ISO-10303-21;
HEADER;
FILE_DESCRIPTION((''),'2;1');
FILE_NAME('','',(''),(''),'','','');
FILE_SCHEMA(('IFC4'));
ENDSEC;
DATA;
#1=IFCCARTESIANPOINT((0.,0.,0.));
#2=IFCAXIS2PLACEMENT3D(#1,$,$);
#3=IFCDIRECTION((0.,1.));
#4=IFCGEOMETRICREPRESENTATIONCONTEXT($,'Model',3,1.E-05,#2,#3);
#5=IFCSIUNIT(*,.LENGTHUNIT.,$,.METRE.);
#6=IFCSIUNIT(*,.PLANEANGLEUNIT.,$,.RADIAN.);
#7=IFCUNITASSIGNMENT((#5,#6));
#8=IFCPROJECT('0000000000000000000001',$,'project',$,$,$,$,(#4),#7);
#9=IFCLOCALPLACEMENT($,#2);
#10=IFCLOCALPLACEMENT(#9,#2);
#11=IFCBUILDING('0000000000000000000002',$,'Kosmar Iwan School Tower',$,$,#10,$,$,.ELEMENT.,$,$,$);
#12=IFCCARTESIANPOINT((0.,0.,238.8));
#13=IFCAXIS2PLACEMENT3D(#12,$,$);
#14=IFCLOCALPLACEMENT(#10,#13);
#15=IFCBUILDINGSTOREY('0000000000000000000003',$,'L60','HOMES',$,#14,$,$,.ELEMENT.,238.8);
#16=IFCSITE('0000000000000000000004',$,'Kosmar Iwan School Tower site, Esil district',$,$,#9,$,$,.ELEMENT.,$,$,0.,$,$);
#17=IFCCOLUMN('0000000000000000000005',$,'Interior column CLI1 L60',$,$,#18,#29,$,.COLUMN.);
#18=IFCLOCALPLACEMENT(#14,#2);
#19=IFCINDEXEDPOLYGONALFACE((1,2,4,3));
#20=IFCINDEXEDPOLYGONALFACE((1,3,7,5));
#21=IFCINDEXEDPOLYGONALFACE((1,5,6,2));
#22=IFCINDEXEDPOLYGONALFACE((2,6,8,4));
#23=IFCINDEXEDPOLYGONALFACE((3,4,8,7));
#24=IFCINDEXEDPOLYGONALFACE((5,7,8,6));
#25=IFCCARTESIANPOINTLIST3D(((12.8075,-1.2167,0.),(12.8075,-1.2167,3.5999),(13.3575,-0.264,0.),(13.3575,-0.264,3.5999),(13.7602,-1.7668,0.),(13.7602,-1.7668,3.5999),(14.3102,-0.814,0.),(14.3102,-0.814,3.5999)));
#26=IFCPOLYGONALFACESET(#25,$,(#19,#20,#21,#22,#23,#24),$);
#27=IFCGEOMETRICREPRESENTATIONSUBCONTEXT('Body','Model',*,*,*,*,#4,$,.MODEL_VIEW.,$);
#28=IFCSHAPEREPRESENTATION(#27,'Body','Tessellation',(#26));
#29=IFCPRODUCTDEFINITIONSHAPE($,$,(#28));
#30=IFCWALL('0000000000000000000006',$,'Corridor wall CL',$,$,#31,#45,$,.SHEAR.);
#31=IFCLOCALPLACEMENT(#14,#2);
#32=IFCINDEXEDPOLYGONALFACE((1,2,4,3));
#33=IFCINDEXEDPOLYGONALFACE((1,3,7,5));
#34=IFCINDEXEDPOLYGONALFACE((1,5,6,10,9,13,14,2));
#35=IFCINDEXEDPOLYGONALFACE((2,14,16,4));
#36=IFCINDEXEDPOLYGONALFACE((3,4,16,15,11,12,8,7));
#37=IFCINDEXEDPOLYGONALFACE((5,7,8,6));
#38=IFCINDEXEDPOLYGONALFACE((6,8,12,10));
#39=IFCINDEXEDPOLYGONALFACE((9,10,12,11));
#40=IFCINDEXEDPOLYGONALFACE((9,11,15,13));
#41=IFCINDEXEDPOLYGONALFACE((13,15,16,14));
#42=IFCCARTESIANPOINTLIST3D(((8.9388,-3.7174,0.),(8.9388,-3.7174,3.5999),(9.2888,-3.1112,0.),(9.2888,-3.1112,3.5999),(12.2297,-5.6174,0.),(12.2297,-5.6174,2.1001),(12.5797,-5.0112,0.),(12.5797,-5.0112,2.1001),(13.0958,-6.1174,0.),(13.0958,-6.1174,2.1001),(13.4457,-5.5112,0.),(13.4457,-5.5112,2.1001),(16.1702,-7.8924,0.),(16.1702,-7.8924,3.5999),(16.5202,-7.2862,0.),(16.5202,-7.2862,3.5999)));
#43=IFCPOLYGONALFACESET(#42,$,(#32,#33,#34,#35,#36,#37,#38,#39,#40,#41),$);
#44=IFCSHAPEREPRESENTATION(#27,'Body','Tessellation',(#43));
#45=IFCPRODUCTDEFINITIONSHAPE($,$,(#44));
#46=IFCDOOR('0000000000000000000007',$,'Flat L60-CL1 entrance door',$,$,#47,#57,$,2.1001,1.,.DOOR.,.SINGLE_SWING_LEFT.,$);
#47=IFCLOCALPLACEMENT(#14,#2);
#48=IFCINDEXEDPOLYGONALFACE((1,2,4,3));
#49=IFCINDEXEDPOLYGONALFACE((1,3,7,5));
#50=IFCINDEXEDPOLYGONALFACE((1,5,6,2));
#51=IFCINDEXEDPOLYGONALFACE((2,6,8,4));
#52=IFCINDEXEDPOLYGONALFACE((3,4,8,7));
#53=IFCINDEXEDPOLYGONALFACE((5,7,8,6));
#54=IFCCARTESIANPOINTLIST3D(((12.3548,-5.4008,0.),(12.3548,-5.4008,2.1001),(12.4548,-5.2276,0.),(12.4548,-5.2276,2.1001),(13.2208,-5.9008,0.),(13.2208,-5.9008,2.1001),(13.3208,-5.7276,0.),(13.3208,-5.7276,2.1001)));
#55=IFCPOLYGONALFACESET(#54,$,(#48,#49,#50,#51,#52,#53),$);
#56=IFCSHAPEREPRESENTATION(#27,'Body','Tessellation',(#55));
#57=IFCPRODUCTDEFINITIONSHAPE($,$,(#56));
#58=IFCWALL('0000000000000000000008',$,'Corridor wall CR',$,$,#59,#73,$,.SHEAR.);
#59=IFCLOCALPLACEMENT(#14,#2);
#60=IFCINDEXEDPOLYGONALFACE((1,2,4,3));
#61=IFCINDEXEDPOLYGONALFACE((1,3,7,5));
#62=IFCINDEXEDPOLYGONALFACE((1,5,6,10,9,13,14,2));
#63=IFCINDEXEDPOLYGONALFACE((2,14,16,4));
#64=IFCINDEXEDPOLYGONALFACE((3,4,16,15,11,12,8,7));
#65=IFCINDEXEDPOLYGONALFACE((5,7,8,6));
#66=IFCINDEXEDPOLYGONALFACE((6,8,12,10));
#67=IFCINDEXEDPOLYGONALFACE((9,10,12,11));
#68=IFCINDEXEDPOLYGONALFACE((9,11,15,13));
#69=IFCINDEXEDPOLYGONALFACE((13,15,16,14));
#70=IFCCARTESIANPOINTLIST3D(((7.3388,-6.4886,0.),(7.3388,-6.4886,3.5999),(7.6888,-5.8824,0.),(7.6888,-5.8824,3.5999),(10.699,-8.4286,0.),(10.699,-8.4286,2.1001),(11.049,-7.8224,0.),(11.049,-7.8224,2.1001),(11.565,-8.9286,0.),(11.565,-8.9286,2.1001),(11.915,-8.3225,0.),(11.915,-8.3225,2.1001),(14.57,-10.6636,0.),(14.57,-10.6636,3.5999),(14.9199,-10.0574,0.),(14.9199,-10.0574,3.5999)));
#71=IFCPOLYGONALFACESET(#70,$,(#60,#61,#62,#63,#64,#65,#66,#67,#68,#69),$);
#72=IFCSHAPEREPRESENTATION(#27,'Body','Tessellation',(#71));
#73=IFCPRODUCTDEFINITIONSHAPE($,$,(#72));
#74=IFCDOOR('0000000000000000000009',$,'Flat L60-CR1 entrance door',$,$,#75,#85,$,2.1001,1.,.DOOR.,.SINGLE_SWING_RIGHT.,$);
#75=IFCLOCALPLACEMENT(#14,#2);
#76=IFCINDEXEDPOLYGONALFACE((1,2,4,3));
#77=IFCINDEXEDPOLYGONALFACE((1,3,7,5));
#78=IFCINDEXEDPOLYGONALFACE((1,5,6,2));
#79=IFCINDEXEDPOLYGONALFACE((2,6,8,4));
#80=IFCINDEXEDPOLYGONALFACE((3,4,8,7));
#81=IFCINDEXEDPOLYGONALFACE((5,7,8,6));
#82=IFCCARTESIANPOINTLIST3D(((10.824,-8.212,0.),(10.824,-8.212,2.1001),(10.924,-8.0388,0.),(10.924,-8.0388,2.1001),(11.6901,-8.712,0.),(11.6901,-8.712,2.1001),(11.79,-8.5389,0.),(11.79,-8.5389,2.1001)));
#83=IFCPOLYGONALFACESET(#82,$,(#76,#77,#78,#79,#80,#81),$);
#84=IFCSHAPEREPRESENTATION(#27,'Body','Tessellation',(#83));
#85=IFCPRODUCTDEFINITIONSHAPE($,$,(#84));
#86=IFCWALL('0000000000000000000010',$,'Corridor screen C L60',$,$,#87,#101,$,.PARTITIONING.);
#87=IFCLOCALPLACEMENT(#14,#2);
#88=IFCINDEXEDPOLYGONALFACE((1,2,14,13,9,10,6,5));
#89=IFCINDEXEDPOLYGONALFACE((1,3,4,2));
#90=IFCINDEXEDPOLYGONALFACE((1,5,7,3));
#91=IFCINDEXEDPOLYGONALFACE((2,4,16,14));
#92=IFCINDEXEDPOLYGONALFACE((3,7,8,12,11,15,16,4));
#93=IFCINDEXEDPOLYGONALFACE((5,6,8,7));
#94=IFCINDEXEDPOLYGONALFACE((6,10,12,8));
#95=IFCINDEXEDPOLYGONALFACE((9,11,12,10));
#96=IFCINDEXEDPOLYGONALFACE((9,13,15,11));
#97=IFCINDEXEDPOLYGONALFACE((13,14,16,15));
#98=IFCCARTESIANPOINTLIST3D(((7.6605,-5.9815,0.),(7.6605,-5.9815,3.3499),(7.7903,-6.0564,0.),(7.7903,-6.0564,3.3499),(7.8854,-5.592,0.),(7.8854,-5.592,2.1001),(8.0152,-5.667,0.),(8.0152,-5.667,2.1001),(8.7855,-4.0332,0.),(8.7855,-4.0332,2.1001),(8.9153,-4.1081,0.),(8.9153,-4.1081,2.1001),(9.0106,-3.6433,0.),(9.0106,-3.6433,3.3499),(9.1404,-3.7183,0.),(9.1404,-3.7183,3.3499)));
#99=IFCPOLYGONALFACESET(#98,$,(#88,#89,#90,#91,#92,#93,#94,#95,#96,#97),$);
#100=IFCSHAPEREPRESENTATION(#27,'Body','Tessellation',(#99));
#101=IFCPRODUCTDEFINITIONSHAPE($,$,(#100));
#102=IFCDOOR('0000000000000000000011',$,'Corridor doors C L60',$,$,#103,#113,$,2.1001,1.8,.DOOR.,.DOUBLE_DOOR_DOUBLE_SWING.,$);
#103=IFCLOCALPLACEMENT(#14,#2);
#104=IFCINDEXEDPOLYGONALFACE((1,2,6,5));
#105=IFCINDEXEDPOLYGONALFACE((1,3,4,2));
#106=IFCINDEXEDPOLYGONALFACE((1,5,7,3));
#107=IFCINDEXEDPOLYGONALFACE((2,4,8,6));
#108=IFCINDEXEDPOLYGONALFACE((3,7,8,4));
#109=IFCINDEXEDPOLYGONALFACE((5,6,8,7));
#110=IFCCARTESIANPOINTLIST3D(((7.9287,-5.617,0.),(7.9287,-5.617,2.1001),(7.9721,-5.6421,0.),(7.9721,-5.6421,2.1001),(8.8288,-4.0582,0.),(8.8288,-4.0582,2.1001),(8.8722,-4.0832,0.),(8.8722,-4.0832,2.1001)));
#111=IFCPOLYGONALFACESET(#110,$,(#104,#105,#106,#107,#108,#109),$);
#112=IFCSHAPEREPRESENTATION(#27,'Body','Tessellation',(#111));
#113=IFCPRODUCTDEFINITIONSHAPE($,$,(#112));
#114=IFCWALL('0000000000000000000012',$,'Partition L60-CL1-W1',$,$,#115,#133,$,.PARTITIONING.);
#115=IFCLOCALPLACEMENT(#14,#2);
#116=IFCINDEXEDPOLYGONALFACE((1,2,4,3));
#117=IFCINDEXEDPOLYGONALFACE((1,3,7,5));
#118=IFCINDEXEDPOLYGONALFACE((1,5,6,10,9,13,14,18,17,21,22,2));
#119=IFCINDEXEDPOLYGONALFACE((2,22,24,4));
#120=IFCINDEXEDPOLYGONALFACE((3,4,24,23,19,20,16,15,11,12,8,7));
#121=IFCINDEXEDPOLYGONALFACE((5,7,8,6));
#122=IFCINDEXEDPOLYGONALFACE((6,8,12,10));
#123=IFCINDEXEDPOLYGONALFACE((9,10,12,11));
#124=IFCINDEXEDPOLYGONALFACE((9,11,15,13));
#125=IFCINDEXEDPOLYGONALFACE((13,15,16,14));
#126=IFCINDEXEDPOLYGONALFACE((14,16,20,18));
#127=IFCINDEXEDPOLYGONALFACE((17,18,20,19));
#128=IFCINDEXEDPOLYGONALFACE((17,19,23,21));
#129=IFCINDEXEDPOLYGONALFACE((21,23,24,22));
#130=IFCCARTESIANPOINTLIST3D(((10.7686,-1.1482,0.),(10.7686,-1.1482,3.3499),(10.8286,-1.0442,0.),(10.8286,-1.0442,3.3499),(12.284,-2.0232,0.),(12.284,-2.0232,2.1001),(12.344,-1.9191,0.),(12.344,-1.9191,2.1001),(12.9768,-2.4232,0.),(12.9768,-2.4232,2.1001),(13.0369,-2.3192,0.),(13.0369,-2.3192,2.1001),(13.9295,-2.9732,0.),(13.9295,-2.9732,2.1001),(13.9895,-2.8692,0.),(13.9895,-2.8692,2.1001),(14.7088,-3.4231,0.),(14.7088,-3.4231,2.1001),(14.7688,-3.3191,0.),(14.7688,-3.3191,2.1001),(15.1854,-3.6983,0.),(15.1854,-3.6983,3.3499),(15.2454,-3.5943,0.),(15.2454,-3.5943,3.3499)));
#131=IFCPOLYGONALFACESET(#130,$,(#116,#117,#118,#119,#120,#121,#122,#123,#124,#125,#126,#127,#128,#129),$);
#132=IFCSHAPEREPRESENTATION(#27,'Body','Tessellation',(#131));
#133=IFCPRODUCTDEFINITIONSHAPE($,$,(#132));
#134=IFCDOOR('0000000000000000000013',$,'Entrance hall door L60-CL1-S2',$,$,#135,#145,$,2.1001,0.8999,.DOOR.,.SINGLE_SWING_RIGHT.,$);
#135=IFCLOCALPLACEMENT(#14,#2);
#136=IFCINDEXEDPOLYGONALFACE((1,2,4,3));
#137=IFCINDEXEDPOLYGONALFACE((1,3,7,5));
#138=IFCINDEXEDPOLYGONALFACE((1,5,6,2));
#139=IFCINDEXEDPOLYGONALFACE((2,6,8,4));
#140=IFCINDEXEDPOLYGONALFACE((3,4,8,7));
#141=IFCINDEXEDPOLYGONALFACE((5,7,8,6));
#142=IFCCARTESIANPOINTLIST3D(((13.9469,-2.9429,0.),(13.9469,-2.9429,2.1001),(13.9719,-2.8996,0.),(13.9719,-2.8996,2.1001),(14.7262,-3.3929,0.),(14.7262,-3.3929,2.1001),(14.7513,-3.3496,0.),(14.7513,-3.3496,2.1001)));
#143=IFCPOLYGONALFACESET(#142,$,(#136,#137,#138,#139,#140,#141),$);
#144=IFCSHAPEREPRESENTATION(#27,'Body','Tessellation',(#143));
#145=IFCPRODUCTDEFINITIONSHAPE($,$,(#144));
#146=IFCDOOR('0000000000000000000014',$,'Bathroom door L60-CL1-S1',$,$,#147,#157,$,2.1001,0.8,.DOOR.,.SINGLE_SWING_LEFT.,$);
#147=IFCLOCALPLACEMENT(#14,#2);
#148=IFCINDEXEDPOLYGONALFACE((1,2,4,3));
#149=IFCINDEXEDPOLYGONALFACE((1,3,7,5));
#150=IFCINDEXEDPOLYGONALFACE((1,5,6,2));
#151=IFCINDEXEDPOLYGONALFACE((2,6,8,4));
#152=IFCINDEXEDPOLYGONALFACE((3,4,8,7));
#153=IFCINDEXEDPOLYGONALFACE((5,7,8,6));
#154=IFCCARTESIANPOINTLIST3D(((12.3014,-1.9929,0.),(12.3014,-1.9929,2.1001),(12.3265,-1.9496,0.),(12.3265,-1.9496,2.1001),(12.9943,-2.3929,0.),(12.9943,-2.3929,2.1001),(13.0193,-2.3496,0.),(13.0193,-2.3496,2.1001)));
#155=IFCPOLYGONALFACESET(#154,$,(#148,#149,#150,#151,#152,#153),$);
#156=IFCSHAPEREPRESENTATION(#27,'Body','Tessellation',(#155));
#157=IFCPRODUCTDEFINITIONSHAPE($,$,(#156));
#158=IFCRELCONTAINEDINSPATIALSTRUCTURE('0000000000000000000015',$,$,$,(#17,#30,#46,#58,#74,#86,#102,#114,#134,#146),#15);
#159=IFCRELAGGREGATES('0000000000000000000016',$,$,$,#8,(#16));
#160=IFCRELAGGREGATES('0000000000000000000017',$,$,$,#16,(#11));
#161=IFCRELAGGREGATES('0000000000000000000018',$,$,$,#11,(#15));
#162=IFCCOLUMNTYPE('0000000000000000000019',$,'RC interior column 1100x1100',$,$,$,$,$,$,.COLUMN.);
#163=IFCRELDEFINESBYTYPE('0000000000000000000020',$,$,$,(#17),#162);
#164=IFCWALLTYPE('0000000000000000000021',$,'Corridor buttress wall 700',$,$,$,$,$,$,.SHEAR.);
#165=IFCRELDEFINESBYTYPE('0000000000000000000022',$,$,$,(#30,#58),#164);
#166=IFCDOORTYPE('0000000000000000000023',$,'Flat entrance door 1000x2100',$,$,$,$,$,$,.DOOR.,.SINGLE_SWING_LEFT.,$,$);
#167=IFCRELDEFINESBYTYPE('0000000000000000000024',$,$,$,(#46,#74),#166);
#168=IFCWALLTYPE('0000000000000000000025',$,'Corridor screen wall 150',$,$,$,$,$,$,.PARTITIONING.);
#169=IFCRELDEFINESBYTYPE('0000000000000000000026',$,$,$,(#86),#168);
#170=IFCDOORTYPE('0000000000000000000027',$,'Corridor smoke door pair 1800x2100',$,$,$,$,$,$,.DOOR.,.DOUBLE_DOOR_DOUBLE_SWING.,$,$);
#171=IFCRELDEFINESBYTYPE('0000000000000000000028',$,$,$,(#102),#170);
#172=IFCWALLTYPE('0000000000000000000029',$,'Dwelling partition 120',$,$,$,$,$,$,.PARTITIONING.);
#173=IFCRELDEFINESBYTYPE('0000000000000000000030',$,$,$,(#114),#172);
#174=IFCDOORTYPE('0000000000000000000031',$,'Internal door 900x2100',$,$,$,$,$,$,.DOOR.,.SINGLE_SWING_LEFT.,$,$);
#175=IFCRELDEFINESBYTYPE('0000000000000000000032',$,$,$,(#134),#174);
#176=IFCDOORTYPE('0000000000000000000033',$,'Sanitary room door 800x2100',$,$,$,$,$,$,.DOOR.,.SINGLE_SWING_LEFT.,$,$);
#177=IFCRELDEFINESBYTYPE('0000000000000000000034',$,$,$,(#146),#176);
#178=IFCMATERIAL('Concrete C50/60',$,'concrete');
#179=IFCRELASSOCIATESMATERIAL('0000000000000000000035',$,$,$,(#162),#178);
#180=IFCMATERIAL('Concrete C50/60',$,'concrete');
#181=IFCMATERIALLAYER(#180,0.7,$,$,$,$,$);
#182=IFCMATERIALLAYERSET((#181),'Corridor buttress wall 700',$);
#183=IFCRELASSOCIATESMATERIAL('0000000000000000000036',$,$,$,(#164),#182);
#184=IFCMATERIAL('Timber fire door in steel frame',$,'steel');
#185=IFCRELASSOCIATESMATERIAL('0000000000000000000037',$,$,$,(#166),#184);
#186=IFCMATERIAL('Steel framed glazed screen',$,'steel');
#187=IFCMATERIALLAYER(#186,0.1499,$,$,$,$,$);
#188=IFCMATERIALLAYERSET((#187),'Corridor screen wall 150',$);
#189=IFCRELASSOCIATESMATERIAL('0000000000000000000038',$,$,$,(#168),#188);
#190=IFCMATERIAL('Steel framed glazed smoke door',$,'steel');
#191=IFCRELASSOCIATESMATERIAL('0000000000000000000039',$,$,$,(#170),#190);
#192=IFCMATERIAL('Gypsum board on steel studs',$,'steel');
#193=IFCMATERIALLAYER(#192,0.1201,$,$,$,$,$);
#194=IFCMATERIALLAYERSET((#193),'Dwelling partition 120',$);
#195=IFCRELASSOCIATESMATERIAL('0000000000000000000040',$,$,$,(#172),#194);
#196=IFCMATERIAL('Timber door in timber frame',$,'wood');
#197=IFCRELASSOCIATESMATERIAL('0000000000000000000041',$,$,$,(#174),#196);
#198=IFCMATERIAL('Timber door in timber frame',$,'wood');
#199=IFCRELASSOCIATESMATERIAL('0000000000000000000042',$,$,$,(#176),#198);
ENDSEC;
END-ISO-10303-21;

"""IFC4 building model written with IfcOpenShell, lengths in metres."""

from ifc_helpers import new_model, si_unit, direction, frame, frame_2d, origin, origin_2d, place, context, subcontext, project, spatial, rectangle, extrude, material, layer, layer_set, material_profile, profile_set, type_object, element, fill, save


model = new_model("IFC4")

# Units and contexts
model_context = context("Model", 3, precision=1e-05, world=origin(), true_north=direction((0.0, 1.0)))
body_context = subcontext(model_context, "Body", "Model", "MODEL_VIEW")
ifc_project = project(units=[si_unit("LENGTHUNIT", "METRE"), si_unit("PLANEANGLEUNIT", "RADIAN")], contexts=[model_context])

# Site, building, storey
site_placement = place(None, origin())
site = spatial("IfcSite", under=ifc_project, at=site_placement, Name="Kosmar Iwan School Tower site, Esil district", CompositionType="ELEMENT", RefElevation=0.0)
building_placement = place(site_placement, origin())
building = spatial("IfcBuilding", under=site, at=building_placement, Name="Kosmar Iwan School Tower", CompositionType="ELEMENT")
storey_placement = place(building_placement, frame((0.0, 0.0, 238.8)))
storey = spatial("IfcBuildingStorey", under=building, at=storey_placement, Name="L60", Description="HOMES", CompositionType="ELEMENT", Elevation=238.8)

# Column
ifc_material_1 = material(Name="Concrete C50/60", Category="concrete")
ifc_material_profile = material_profile(ifc_material_1, rectangle(XDim=1.1001, YDim=1.1001, at=origin_2d()), Name="RC 1100x1100")
ifc_profile_set = profile_set([ifc_material_profile], Name="Concrete C50/60")
column_type = type_object("IfcColumnType", Name="RC interior column 1100x1100", PredefinedType="COLUMN", material=ifc_profile_set)
column_placement = place(storey_placement, frame((13.5588, -1.0154, 0.0), z_axis=(0.0, 0.0, 1.0), x_axis=(0.866025, -0.5, 0.0)))
element("IfcColumn", 1, at=column_placement, inside=storey, type_object=column_type, Name="Interior column CLI1 L60", PredefinedType="COLUMN", context=body_context, shape_type="SweptSolid", body=[
    extrude(rectangle(XDim=1.1001, YDim=1.1001, at=origin_2d()), origin(), (0.0, 0.0, 1.0), 3.5999),
])

# Walls, openings, doors
ifc_material_2 = material(Name="Concrete C50/60", Category="concrete")
ifc_layer_1 = layer(ifc_material_2, 0.7)
ifc_layer_set_1 = layer_set([ifc_layer_1], Name="Corridor buttress wall 700")
wall_type_1 = type_object("IfcWallType", Name="Corridor buttress wall 700", PredefinedType="SHEAR", material=ifc_layer_set_1)
wall_1_placement = place(storey_placement, frame((9.1138, -3.4143, 0.0), z_axis=(0.0, 0.0, 1.0), x_axis=(0.866027, -0.499997, 0.0)))
wall_1 = element("IfcWall", 2, at=wall_1_placement, inside=storey, type_object=wall_type_1, Name="Corridor wall CL", PredefinedType="SHEAR", context=body_context, shape_type="SweptSolid", body=[
    extrude(rectangle(XDim=8.3501, YDim=0.7, at=frame_2d((4.175, 0.0))), origin(), (0.0, 0.0, 1.0), 3.5999),
])
opening_1_placement = place(wall_1_placement, frame((3.8, 0.0, 0.0)))
opening_1 = element("IfcOpeningElement", 3, at=opening_1_placement, cuts=wall_1, PredefinedType="OPENING", context=body_context, shape_type="SweptSolid", body=[
    extrude(rectangle(XDim=1.0, YDim=2.1001, at=frame_2d((0.5, 1.05))), frame((0.0, 0.3621, 0.0), z_axis=(0.0, -1.0, 0.0), x_axis=(1.0, 0.0, 0.0)), (0.0, 0.0, 1.0), 0.7239),
])
ifc_material_3 = material(Name="Timber fire door in steel frame", Category="steel")
door_type_1 = type_object("IfcDoorType", Name="Flat entrance door 1000x2100", OperationType="SINGLE_SWING_LEFT", PredefinedType="DOOR", material=ifc_material_3)
door_1_placement = place(opening_1_placement, origin())
door_1 = element("IfcDoor", 4, at=door_1_placement, inside=storey, type_object=door_type_1, Name="Flat L60-CL1 entrance door", OperationType="SINGLE_SWING_LEFT", OverallHeight=2.1001, OverallWidth=1.0, PredefinedType="DOOR", context=body_context, shape_type="SweptSolid", body=[
    extrude(rectangle(XDim=1.0, YDim=2.1001, at=frame_2d((0.5, 1.05))), frame((0.0, 0.1001, 0.0), z_axis=(0.0, -1.0, 0.0), x_axis=(1.0, 0.0, 0.0)), (0.0, 0.0, 1.0), 0.2),
])
fill(opening_1, door_1)
wall_2_placement = place(storey_placement, frame((7.5139, -6.1855, 0.0), z_axis=(0.0, 0.0, 1.0), x_axis=(0.86602, -0.50001, 0.0)))
wall_2 = element("IfcWall", 5, at=wall_2_placement, inside=storey, type_object=wall_type_1, Name="Corridor wall CR", PredefinedType="SHEAR", context=body_context, shape_type="SweptSolid", body=[
    extrude(rectangle(XDim=8.3499, YDim=0.7, at=frame_2d((4.1748, 0.0))), origin(), (0.0, 0.0, 1.0), 3.5999),
])
opening_2_placement = place(wall_2_placement, frame((3.8799, 0.0, 0.0)))
opening_2 = element("IfcOpeningElement", 6, at=opening_2_placement, cuts=wall_2, PredefinedType="OPENING", context=body_context, shape_type="SweptSolid", body=[
    extrude(rectangle(XDim=1.0, YDim=2.1001, at=frame_2d((0.5, 1.05))), frame((0.0, 0.3621, 0.0), z_axis=(0.0, -1.0, 0.0), x_axis=(1.0, 0.0, 0.0)), (0.0, 0.0, 1.0), 0.7239),
])
door_2_placement = place(opening_2_placement, origin())
door_2 = element("IfcDoor", 7, at=door_2_placement, inside=storey, type_object=door_type_1, Name="Flat L60-CR1 entrance door", OperationType="SINGLE_SWING_RIGHT", OverallHeight=2.1001, OverallWidth=1.0, PredefinedType="DOOR", context=body_context, shape_type="SweptSolid", body=[
    extrude(rectangle(XDim=1.0, YDim=2.1001, at=frame_2d((0.5, 1.05))), frame((0.0, 0.1001, 0.0), z_axis=(0.0, -1.0, 0.0), x_axis=(1.0, 0.0, 0.0)), (0.0, 0.0, 1.0), 0.2),
])
fill(opening_2, door_2)
ifc_material_4 = material(Name="Steel framed glazed screen", Category="steel")
ifc_layer_2 = layer(ifc_material_4, 0.1499)
ifc_layer_set_2 = layer_set([ifc_layer_2], Name="Corridor screen wall 150")
wall_type_2 = type_object("IfcWallType", Name="Corridor screen wall 150", PredefinedType="PARTITIONING", material=ifc_layer_set_2)
wall_3_placement = place(storey_placement, frame((7.7253, -6.019, 0.0), z_axis=(0.0, 0.0, 1.0), x_axis=(0.500049, 0.865997, 0.0)))
wall_3 = element("IfcWall", 8, at=wall_3_placement, inside=storey, type_object=wall_type_2, Name="Corridor screen C L60", PredefinedType="PARTITIONING", context=body_context, shape_type="SweptSolid", body=[
    extrude(rectangle(XDim=2.7, YDim=0.1499, at=frame_2d((1.3501, 0.0))), origin(), (0.0, 0.0, 1.0), 3.3499),
])
opening_3_placement = place(wall_3_placement, frame((0.45, 0.0, 0.0)))
opening_3 = element("IfcOpeningElement", 9, at=opening_3_placement, cuts=wall_3, PredefinedType="OPENING", context=body_context, shape_type="SweptSolid", body=[
    extrude(rectangle(XDim=1.8, YDim=2.1001, at=frame_2d((0.8999, 1.05))), frame((0.0, 0.0869, 0.0), z_axis=(0.0, -1.0, 0.0), x_axis=(1.0, 0.0, 0.0)), (0.0, 0.0, 1.0), 0.1738),
])
ifc_material_5 = material(Name="Steel framed glazed smoke door", Category="steel")
door_type_2 = type_object("IfcDoorType", Name="Corridor smoke door pair 1800x2100", OperationType="DOUBLE_DOOR_DOUBLE_SWING", PredefinedType="DOOR", material=ifc_material_5)
door_3_placement = place(opening_3_placement, origin())
door_3 = element("IfcDoor", 10, at=door_3_placement, inside=storey, type_object=door_type_2, Name="Corridor doors C L60", OperationType="DOUBLE_DOOR_DOUBLE_SWING", OverallHeight=2.1001, OverallWidth=1.8, PredefinedType="DOOR", context=body_context, shape_type="SweptSolid", body=[
    extrude(rectangle(XDim=1.8, YDim=2.1001, at=frame_2d((0.8999, 1.05))), frame((0.0, 0.0249, 0.0), z_axis=(0.0, -1.0, 0.0), x_axis=(1.0, 0.0, 0.0)), (0.0, 0.0, 1.0), 0.05),
])
fill(opening_3, door_3)

# Wall, openings, doors
ifc_material_6 = material(Name="Gypsum board on steel studs", Category="steel")
ifc_layer_3 = layer(ifc_material_6, 0.1201)
ifc_layer_set_3 = layer_set([ifc_layer_3], Name="Dwelling partition 120")
wall_type_3 = type_object("IfcWallType", Name="Dwelling partition 120", PredefinedType="PARTITIONING", material=ifc_layer_set_3)
wall_4_placement = place(storey_placement, frame((10.7986, -1.0962, 0.0), z_axis=(0.0, 0.0, 1.0), x_axis=(0.866022, -0.500006, 0.0)))
wall_4 = element("IfcWall", 11, at=wall_4_placement, inside=storey, type_object=wall_type_3, Name="Partition L60-CL1-W1", PredefinedType="PARTITIONING", context=body_context, shape_type="SweptSolid", body=[
    extrude(rectangle(XDim=5.1001, YDim=0.1201, at=frame_2d((2.55, 0.0))), origin(), (0.0, 0.0, 1.0), 3.3499),
])
opening_4_placement = place(wall_4_placement, frame((1.75, 0.0, 0.0)))
opening_4 = element("IfcOpeningElement", 12, at=opening_4_placement, cuts=wall_4, PredefinedType="OPENING", context=body_context, shape_type="SweptSolid", body=[
    extrude(rectangle(XDim=0.8, YDim=2.1001, at=frame_2d((0.3999, 1.05))), frame((0.0, 0.072, 0.0), z_axis=(0.0, -1.0, 0.0), x_axis=(1.0, 0.0, 0.0)), (0.0, 0.0, 1.0), 0.144),
])
opening_5_placement = place(wall_4_placement, frame((3.6499, 0.0, 0.0)))
opening_5 = element("IfcOpeningElement", 13, at=opening_5_placement, cuts=wall_4, PredefinedType="OPENING", context=body_context, shape_type="SweptSolid", body=[
    extrude(rectangle(XDim=0.8999, YDim=2.1001, at=frame_2d((0.45, 1.05))), frame((0.0, 0.072, 0.0), z_axis=(0.0, -1.0, 0.0), x_axis=(1.0, 0.0, 0.0)), (0.0, 0.0, 1.0), 0.144),
])
ifc_material_7 = material(Name="Timber door in timber frame", Category="wood")
door_type_3 = type_object("IfcDoorType", Name="Internal door 900x2100", OperationType="SINGLE_SWING_LEFT", PredefinedType="DOOR", material=ifc_material_7)
door_4_placement = place(opening_5_placement, origin())
door_4 = element("IfcDoor", 14, at=door_4_placement, inside=storey, type_object=door_type_3, Name="Entrance hall door L60-CL1-S2", OperationType="SINGLE_SWING_RIGHT", OverallHeight=2.1001, OverallWidth=0.8999, PredefinedType="DOOR", context=body_context, shape_type="SweptSolid", body=[
    extrude(rectangle(XDim=0.8999, YDim=2.1001, at=frame_2d((0.45, 1.05))), frame((0.0, 0.0249, 0.0), z_axis=(0.0, -1.0, 0.0), x_axis=(1.0, 0.0, 0.0)), (0.0, 0.0, 1.0), 0.05),
])
fill(opening_5, door_4)
ifc_material_8 = material(Name="Timber door in timber frame", Category="wood")
door_type_4 = type_object("IfcDoorType", Name="Sanitary room door 800x2100", OperationType="SINGLE_SWING_LEFT", PredefinedType="DOOR", material=ifc_material_8)
door_5_placement = place(opening_4_placement, origin())
door_5 = element("IfcDoor", 15, at=door_5_placement, inside=storey, type_object=door_type_4, Name="Bathroom door L60-CL1-S1", OperationType="SINGLE_SWING_LEFT", OverallHeight=2.1001, OverallWidth=0.8, PredefinedType="DOOR", context=body_context, shape_type="SweptSolid", body=[
    extrude(rectangle(XDim=0.8, YDim=2.1001, at=frame_2d((0.3999, 1.05))), frame((0.0, 0.0249, 0.0), z_axis=(0.0, -1.0, 0.0), x_axis=(1.0, 0.0, 0.0)), (0.0, 0.0, 1.0), 0.05),
])
fill(opening_4, door_5)

save(model, "model.ifc")
